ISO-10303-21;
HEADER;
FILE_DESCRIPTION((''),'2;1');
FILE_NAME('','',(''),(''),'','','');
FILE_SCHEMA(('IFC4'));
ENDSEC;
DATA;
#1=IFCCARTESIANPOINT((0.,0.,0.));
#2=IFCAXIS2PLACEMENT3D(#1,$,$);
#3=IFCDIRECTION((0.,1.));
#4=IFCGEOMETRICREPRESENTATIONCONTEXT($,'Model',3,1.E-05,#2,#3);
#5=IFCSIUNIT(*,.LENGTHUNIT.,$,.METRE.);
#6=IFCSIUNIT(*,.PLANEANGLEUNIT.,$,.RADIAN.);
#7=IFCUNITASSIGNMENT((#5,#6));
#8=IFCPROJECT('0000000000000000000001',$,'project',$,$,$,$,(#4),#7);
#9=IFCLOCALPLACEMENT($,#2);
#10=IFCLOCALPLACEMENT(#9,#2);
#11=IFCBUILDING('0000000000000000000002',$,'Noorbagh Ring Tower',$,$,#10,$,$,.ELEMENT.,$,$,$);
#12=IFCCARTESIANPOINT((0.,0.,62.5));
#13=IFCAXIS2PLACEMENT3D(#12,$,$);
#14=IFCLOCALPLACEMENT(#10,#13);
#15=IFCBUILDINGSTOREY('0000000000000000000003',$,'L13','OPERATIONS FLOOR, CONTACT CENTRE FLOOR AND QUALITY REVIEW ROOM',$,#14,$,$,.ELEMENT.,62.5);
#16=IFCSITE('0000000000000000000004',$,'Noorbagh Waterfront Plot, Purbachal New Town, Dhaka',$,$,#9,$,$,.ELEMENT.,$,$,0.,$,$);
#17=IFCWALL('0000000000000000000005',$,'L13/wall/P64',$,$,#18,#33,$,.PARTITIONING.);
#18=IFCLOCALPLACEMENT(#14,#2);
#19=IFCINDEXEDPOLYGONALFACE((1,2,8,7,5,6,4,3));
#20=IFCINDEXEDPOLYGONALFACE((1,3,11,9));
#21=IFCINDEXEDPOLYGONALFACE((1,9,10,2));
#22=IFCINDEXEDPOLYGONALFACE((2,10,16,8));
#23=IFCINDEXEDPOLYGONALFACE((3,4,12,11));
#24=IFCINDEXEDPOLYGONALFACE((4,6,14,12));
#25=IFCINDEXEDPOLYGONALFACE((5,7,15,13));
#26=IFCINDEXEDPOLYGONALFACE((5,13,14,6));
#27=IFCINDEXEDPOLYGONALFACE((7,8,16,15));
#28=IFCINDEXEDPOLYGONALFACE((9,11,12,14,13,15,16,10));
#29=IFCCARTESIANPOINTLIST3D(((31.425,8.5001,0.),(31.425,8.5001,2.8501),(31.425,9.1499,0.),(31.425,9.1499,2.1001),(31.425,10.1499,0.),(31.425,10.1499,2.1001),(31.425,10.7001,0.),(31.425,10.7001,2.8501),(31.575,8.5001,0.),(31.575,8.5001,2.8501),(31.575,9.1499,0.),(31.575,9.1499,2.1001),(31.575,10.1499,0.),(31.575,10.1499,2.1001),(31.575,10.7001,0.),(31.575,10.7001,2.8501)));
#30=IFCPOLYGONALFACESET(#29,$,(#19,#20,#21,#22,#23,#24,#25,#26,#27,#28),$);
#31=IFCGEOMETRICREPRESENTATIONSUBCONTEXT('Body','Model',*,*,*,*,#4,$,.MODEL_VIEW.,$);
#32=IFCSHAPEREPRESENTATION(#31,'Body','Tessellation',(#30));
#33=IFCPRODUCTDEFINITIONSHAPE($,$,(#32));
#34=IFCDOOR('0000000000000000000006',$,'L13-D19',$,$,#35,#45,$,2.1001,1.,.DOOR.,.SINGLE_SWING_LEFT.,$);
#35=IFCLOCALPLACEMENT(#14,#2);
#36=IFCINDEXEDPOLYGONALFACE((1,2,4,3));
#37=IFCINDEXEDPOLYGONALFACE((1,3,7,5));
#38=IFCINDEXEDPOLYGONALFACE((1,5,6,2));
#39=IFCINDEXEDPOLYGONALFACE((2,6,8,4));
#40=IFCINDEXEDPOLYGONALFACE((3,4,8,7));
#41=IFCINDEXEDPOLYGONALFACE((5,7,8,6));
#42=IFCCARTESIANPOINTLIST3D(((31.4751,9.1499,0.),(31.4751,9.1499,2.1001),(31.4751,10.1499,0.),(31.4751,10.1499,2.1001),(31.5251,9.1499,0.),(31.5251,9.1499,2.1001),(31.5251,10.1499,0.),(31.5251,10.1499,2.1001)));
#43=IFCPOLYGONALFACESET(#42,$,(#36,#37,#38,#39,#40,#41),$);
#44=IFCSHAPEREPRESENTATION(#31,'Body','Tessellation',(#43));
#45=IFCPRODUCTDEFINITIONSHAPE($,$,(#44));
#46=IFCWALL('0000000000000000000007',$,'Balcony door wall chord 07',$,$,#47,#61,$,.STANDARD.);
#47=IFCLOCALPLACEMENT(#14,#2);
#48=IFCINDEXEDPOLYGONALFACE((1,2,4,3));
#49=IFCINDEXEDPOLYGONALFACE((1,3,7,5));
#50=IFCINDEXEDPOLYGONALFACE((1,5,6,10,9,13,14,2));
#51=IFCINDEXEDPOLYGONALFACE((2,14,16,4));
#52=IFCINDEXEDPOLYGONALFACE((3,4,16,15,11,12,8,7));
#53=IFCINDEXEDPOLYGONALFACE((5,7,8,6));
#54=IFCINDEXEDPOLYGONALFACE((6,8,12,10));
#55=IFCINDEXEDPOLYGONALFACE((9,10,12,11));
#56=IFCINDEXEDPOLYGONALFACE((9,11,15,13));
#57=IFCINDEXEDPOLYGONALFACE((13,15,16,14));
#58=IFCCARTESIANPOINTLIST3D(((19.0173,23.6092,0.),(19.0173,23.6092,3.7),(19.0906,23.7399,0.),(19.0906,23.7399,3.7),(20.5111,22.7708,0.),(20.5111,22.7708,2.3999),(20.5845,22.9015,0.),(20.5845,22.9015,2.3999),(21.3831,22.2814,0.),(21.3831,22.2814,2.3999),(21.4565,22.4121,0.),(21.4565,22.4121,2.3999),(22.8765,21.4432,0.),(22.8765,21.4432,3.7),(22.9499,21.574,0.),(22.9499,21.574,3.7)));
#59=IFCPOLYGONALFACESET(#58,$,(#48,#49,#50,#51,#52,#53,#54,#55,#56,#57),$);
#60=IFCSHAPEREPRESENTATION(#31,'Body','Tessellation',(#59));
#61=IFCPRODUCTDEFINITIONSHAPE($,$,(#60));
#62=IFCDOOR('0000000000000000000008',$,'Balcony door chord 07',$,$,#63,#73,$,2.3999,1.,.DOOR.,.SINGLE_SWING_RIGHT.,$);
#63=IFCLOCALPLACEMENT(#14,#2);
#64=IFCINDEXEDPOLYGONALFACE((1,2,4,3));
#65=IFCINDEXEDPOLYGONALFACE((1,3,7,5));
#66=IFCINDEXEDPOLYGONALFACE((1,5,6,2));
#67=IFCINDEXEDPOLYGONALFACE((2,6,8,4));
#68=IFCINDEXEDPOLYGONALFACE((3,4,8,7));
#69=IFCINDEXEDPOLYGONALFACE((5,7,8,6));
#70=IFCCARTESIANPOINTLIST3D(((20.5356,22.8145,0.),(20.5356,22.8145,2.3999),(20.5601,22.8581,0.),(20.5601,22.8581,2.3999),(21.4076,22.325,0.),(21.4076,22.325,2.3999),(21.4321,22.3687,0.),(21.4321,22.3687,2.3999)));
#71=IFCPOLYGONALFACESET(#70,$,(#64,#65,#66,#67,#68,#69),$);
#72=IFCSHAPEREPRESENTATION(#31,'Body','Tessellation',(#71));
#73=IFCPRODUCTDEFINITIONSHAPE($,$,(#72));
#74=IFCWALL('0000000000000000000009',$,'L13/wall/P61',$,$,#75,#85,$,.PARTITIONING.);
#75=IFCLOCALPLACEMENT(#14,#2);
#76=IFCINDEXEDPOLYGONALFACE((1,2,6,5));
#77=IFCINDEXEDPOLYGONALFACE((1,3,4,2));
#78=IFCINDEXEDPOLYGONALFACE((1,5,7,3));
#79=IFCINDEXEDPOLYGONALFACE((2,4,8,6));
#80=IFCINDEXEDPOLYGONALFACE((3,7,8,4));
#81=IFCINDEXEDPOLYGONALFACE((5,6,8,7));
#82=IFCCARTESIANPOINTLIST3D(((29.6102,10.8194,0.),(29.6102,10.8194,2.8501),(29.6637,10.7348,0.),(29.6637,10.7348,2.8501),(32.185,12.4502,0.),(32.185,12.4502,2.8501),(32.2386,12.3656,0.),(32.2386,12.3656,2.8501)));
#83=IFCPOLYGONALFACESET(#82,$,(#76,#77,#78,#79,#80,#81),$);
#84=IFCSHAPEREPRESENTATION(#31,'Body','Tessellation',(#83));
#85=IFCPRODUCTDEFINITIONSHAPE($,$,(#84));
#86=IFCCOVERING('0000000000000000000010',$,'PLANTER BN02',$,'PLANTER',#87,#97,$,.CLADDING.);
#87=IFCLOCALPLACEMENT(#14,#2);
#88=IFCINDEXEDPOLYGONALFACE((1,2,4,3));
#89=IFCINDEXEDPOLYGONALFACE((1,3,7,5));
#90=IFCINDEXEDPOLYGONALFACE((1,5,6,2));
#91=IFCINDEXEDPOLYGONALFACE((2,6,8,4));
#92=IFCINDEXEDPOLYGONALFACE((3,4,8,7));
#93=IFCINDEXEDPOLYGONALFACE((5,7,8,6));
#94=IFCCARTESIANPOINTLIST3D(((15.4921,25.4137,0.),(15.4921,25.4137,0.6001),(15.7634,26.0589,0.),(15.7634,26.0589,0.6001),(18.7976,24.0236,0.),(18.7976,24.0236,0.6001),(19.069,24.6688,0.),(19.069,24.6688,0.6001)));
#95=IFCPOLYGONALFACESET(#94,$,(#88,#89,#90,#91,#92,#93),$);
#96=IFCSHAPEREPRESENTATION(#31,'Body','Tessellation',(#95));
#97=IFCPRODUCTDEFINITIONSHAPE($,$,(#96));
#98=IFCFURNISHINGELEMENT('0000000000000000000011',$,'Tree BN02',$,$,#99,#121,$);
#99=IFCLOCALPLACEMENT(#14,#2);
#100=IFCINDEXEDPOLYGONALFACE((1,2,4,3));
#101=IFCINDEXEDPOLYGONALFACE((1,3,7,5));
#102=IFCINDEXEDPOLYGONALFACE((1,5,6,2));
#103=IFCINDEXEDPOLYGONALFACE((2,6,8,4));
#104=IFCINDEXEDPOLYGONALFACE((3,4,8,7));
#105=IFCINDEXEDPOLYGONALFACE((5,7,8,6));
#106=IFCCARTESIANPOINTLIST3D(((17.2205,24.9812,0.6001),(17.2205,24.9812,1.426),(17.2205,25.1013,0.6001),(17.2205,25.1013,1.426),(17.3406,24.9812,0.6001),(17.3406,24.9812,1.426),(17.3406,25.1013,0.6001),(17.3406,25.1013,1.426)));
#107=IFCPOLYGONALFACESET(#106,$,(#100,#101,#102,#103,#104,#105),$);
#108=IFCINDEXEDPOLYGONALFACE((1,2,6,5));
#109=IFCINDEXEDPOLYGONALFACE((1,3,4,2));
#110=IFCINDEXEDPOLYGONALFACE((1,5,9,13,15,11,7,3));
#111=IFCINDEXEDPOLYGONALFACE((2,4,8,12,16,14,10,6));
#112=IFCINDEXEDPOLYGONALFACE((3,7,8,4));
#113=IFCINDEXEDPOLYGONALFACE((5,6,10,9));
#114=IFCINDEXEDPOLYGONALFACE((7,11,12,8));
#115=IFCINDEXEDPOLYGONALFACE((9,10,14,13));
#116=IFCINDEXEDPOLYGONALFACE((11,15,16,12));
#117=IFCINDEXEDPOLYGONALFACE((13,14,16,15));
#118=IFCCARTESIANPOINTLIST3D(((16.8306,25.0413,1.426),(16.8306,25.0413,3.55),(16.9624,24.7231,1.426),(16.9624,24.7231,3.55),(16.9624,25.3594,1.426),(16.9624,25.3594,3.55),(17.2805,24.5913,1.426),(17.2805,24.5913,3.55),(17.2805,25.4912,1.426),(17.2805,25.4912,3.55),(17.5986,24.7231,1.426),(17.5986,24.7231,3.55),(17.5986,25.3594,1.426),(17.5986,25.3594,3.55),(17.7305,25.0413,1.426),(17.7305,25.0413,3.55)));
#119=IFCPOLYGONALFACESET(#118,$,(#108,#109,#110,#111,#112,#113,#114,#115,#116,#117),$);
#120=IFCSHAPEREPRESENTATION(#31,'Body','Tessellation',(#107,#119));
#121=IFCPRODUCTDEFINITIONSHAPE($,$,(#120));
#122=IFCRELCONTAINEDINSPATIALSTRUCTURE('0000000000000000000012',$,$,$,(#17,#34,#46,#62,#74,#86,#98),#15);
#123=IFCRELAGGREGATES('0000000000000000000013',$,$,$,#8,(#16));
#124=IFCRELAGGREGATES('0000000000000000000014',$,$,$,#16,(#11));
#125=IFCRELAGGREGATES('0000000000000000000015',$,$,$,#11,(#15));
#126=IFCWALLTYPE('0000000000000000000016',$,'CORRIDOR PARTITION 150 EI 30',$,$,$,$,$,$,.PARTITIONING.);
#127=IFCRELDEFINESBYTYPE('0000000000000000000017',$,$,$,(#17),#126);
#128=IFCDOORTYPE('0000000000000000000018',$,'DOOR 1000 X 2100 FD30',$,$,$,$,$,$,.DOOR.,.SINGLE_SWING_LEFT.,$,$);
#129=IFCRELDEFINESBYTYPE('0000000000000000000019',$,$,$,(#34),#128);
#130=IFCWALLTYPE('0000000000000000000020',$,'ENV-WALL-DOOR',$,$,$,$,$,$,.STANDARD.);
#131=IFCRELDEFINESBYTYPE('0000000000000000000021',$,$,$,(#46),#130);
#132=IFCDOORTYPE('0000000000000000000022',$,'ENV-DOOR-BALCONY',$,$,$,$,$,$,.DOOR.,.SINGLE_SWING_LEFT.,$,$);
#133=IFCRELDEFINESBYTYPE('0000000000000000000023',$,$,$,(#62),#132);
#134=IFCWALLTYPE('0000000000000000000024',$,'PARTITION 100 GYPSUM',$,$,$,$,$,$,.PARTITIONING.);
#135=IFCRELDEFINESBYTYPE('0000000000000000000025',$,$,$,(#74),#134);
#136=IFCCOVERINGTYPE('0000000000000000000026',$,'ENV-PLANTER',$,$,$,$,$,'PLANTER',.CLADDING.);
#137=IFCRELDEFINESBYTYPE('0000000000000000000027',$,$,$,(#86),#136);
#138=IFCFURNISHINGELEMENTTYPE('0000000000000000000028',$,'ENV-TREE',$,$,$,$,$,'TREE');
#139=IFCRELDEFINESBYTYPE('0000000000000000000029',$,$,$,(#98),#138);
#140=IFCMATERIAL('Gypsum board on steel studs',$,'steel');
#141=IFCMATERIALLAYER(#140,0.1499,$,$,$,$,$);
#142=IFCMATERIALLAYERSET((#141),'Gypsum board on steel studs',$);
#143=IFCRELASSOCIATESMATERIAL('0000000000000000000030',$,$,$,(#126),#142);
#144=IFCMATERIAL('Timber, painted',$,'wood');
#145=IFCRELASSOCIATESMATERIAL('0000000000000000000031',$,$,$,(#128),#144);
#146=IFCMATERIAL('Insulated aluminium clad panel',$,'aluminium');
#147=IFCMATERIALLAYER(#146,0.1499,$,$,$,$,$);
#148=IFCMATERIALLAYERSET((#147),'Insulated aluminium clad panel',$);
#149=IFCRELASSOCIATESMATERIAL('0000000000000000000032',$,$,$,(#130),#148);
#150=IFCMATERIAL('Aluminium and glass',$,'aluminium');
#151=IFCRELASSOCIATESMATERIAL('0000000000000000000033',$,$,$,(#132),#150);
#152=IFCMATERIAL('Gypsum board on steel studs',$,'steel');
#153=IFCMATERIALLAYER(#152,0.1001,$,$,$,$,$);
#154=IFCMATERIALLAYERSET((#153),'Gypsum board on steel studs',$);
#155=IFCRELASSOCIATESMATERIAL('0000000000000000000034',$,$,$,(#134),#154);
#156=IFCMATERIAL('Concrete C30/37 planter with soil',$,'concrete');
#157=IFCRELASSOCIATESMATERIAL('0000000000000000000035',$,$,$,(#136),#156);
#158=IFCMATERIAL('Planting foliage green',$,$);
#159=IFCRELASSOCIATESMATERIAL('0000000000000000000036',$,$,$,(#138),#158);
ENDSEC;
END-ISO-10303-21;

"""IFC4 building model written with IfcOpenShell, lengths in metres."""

from ifc_helpers import new_model, si_unit, direction, frame, frame_2d, origin, origin_2d, place, context, subcontext, project, spatial, polyline, rectangle, outline, extrude, material, layer, layer_set, type_object, element, fill, save


model = new_model("IFC4")

# Units and contexts
model_context = context("Model", 3, precision=1e-05, world=origin(), true_north=direction((0.0, 1.0)))
body_context = subcontext(model_context, "Body", "Model", "MODEL_VIEW")
ifc_project = project(units=[si_unit("LENGTHUNIT", "METRE"), si_unit("PLANEANGLEUNIT", "RADIAN")], contexts=[model_context])

# Site, building, storey
site_placement = place(None, origin())
site = spatial("IfcSite", under=ifc_project, at=site_placement, Name="Noorbagh Waterfront Plot, Purbachal New Town, Dhaka", CompositionType="ELEMENT", RefElevation=0.0)
building_placement = place(site_placement, origin())
building = spatial("IfcBuilding", under=site, at=building_placement, Name="Noorbagh Ring Tower", CompositionType="ELEMENT")
storey_placement = place(building_placement, frame((0.0, 0.0, 62.5)))
storey = spatial("IfcBuildingStorey", under=building, at=storey_placement, Name="L13", Description="OPERATIONS FLOOR, CONTACT CENTRE FLOOR AND QUALITY REVIEW ROOM", CompositionType="ELEMENT", Elevation=62.5)

# Walls, openings, doors
ifc_material_1 = material(Name="Gypsum board on steel studs", Category="steel")
ifc_layer_1 = layer(ifc_material_1, 0.1499)
ifc_layer_set_1 = layer_set([ifc_layer_1], Name="Gypsum board on steel studs")
wall_type_1 = type_object("IfcWallType", Name="CORRIDOR PARTITION 150 EI 30", PredefinedType="PARTITIONING", material=ifc_layer_set_1)
wall_1_placement = place(storey_placement, frame((31.5, 8.5, 0.0), z_axis=(0.0, 0.0, 1.0), x_axis=(0.0, 1.0, 0.0)))
wall_1 = element("IfcWall", 1, at=wall_1_placement, inside=storey, type_object=wall_type_1, Name="L13/wall/P64", PredefinedType="PARTITIONING", context=body_context, shape_type="SweptSolid", body=[
    extrude(rectangle(XDim=2.2, YDim=0.1499, at=frame_2d((1.1001, 0.0))), origin(), (0.0, 0.0, 1.0), 2.8501),
])
opening_1_placement = place(wall_1_placement, frame((0.6499, 0.0, 0.0)))
opening_1 = element("IfcOpeningElement", 2, at=opening_1_placement, cuts=wall_1, PredefinedType="OPENING", context=body_context, shape_type="SweptSolid", body=[
    extrude(rectangle(XDim=1.0, YDim=2.1001, at=frame_2d((0.5, 1.05))), frame((0.0, 0.085, 0.0), z_axis=(0.0, -1.0, 0.0), x_axis=(1.0, 0.0, 0.0)), (0.0, 0.0, 1.0), 0.1699),
])
ifc_material_2 = material(Name="Timber, painted", Category="wood")
door_type_1 = type_object("IfcDoorType", Name="DOOR 1000 X 2100 FD30", OperationType="SINGLE_SWING_LEFT", PredefinedType="DOOR", material=ifc_material_2)
door_1_placement = place(opening_1_placement, origin())
door_1 = element("IfcDoor", 3, at=door_1_placement, inside=storey, type_object=door_type_1, Name="L13-D19", OperationType="SINGLE_SWING_LEFT", OverallHeight=2.1001, OverallWidth=1.0, PredefinedType="DOOR", context=body_context, shape_type="SweptSolid", body=[
    extrude(rectangle(XDim=1.0, YDim=2.1001, at=frame_2d((0.5, 1.05))), frame((0.0, 0.0249, 0.0), z_axis=(0.0, -1.0, 0.0), x_axis=(1.0, 0.0, 0.0)), (0.0, 0.0, 1.0), 0.05),
])
fill(opening_1, door_1)
ifc_material_3 = material(Name="Insulated aluminium clad panel", Category="aluminium")
ifc_layer_2 = layer(ifc_material_3, 0.1499)
ifc_layer_set_2 = layer_set([ifc_layer_2], Name="Insulated aluminium clad panel")
wall_type_2 = type_object("IfcWallType", Name="ENV-WALL-DOOR", PredefinedType="STANDARD", material=ifc_layer_set_2)
wall_2_placement = place(storey_placement, frame((22.9133, 21.5085, 0.0), z_axis=(0.0, 0.0, 1.0), x_axis=(-0.872047, 0.489423, 0.0)))
wall_2 = element("IfcWall", 4, at=wall_2_placement, inside=storey, type_object=wall_type_2, Name="Balcony door wall chord 07", PredefinedType="STANDARD", context=body_context, shape_type="SweptSolid", body=[
    extrude(rectangle(XDim=4.4255, YDim=0.1499, at=frame_2d((2.2129, 0.0))), origin(), (0.0, 0.0, 1.0), 3.7),
])
opening_2_placement = place(wall_2_placement, frame((1.7126, 0.0, 0.0)))
opening_2 = element("IfcOpeningElement", 5, at=opening_2_placement, cuts=wall_2, PredefinedType="OPENING", context=body_context, shape_type="SweptSolid", body=[
    extrude(rectangle(XDim=1.0, YDim=2.3999, at=frame_2d((0.5, 1.2))), frame((0.0, 0.085, 0.0), z_axis=(0.0, -1.0, 0.0), x_axis=(1.0, 0.0, 0.0)), (0.0, 0.0, 1.0), 0.1699),
])
ifc_material_4 = material(Name="Aluminium and glass", Category="aluminium")
door_type_2 = type_object("IfcDoorType", Name="ENV-DOOR-BALCONY", OperationType="SINGLE_SWING_LEFT", PredefinedType="DOOR", material=ifc_material_4)
door_2_placement = place(opening_2_placement, origin())
door_2 = element("IfcDoor", 6, at=door_2_placement, inside=storey, type_object=door_type_2, Name="Balcony door chord 07", OperationType="SINGLE_SWING_RIGHT", OverallHeight=2.3999, OverallWidth=1.0, PredefinedType="DOOR", context=body_context, shape_type="SweptSolid", body=[
    extrude(rectangle(XDim=1.0, YDim=2.3999, at=frame_2d((0.5, 1.2))), frame((0.0, 0.0249, 0.0), z_axis=(0.0, -1.0, 0.0), x_axis=(1.0, 0.0, 0.0)), (0.0, 0.0, 1.0), 0.05),
])
fill(opening_2, door_2)

# Wall
ifc_material_5 = material(Name="Gypsum board on steel studs", Category="steel")
ifc_layer_3 = layer(ifc_material_5, 0.1001)
ifc_layer_set_3 = layer_set([ifc_layer_3], Name="Gypsum board on steel studs")
wall_type_3 = type_object("IfcWallType", Name="PARTITION 100 GYPSUM", PredefinedType="PARTITIONING", material=ifc_layer_set_3)
wall_3_placement = place(storey_placement, frame((29.637, 10.7771, 0.0), z_axis=(0.0, 0.0, 1.0), x_axis=(0.844811, 0.535065, 0.0)))
element("IfcWall", 7, at=wall_3_placement, inside=storey, type_object=wall_type_3, Name="L13/wall/P61", PredefinedType="PARTITIONING", context=body_context, shape_type="SweptSolid", body=[
    extrude(rectangle(XDim=3.0479, YDim=0.1001, at=frame_2d((1.5239, 0.0))), origin(), (0.0, 0.0, 1.0), 2.8501),
])

# Covering
ifc_material_6 = material(Name="Concrete C30/37 planter with soil", Category="concrete")
covering_type = type_object("IfcCoveringType", Name="ENV-PLANTER", ElementType="PLANTER", PredefinedType="CLADDING", material=ifc_material_6)
covering_placement = place(storey_placement, frame((17.2805, 25.0413, 0.0), z_axis=(0.0, 0.0, 1.0), x_axis=(-0.921812, 0.387638, 0.0)))
element("IfcCovering", 8, at=covering_placement, inside=storey, type_object=covering_type, Name="PLANTER BN02", ObjectType="PLANTER", PredefinedType="CLADDING", context=body_context, shape_type="SweptSolid", body=[
    extrude(rectangle(XDim=3.5859, YDim=0.7, at=origin_2d()), origin(), (0.0, 0.0, 1.0), 0.6001),
])

# Furnishing element
ifc_material_7 = material(Name="Planting foliage green")
furnishing_element_type = type_object("IfcFurnishingElementType", Name="ENV-TREE", ElementType="TREE", material=ifc_material_7)
furnishing_placement = place(storey_placement, frame((17.2805, 25.0413, 0.6001), z_axis=(0.0, 0.0, 1.0), x_axis=(1.0, 0.0, 0.0)))
element("IfcFurnishingElement", 9, at=furnishing_placement, inside=storey, type_object=furnishing_element_type, Name="Tree BN02", context=body_context, shape_type="SweptSolid", body=[
    extrude(rectangle(XDim=0.1201, YDim=0.1201, at=origin_2d()), origin(), (0.0, 0.0, 1.0), 0.8259),
    extrude(outline(polyline([(0.45, 0.0), (0.3181, 0.3181), (0.0, 0.45), (-0.3181, 0.3181), (-0.45, 0.0), (-0.3181, -0.3181), (0.0, -0.45), (0.3181, -0.3181), (0.45, 0.0)])), frame((0.0, 0.0, 0.8259)), (0.0, 0.0, 1.0), 2.124),
])

save(model, "model.ifc")
